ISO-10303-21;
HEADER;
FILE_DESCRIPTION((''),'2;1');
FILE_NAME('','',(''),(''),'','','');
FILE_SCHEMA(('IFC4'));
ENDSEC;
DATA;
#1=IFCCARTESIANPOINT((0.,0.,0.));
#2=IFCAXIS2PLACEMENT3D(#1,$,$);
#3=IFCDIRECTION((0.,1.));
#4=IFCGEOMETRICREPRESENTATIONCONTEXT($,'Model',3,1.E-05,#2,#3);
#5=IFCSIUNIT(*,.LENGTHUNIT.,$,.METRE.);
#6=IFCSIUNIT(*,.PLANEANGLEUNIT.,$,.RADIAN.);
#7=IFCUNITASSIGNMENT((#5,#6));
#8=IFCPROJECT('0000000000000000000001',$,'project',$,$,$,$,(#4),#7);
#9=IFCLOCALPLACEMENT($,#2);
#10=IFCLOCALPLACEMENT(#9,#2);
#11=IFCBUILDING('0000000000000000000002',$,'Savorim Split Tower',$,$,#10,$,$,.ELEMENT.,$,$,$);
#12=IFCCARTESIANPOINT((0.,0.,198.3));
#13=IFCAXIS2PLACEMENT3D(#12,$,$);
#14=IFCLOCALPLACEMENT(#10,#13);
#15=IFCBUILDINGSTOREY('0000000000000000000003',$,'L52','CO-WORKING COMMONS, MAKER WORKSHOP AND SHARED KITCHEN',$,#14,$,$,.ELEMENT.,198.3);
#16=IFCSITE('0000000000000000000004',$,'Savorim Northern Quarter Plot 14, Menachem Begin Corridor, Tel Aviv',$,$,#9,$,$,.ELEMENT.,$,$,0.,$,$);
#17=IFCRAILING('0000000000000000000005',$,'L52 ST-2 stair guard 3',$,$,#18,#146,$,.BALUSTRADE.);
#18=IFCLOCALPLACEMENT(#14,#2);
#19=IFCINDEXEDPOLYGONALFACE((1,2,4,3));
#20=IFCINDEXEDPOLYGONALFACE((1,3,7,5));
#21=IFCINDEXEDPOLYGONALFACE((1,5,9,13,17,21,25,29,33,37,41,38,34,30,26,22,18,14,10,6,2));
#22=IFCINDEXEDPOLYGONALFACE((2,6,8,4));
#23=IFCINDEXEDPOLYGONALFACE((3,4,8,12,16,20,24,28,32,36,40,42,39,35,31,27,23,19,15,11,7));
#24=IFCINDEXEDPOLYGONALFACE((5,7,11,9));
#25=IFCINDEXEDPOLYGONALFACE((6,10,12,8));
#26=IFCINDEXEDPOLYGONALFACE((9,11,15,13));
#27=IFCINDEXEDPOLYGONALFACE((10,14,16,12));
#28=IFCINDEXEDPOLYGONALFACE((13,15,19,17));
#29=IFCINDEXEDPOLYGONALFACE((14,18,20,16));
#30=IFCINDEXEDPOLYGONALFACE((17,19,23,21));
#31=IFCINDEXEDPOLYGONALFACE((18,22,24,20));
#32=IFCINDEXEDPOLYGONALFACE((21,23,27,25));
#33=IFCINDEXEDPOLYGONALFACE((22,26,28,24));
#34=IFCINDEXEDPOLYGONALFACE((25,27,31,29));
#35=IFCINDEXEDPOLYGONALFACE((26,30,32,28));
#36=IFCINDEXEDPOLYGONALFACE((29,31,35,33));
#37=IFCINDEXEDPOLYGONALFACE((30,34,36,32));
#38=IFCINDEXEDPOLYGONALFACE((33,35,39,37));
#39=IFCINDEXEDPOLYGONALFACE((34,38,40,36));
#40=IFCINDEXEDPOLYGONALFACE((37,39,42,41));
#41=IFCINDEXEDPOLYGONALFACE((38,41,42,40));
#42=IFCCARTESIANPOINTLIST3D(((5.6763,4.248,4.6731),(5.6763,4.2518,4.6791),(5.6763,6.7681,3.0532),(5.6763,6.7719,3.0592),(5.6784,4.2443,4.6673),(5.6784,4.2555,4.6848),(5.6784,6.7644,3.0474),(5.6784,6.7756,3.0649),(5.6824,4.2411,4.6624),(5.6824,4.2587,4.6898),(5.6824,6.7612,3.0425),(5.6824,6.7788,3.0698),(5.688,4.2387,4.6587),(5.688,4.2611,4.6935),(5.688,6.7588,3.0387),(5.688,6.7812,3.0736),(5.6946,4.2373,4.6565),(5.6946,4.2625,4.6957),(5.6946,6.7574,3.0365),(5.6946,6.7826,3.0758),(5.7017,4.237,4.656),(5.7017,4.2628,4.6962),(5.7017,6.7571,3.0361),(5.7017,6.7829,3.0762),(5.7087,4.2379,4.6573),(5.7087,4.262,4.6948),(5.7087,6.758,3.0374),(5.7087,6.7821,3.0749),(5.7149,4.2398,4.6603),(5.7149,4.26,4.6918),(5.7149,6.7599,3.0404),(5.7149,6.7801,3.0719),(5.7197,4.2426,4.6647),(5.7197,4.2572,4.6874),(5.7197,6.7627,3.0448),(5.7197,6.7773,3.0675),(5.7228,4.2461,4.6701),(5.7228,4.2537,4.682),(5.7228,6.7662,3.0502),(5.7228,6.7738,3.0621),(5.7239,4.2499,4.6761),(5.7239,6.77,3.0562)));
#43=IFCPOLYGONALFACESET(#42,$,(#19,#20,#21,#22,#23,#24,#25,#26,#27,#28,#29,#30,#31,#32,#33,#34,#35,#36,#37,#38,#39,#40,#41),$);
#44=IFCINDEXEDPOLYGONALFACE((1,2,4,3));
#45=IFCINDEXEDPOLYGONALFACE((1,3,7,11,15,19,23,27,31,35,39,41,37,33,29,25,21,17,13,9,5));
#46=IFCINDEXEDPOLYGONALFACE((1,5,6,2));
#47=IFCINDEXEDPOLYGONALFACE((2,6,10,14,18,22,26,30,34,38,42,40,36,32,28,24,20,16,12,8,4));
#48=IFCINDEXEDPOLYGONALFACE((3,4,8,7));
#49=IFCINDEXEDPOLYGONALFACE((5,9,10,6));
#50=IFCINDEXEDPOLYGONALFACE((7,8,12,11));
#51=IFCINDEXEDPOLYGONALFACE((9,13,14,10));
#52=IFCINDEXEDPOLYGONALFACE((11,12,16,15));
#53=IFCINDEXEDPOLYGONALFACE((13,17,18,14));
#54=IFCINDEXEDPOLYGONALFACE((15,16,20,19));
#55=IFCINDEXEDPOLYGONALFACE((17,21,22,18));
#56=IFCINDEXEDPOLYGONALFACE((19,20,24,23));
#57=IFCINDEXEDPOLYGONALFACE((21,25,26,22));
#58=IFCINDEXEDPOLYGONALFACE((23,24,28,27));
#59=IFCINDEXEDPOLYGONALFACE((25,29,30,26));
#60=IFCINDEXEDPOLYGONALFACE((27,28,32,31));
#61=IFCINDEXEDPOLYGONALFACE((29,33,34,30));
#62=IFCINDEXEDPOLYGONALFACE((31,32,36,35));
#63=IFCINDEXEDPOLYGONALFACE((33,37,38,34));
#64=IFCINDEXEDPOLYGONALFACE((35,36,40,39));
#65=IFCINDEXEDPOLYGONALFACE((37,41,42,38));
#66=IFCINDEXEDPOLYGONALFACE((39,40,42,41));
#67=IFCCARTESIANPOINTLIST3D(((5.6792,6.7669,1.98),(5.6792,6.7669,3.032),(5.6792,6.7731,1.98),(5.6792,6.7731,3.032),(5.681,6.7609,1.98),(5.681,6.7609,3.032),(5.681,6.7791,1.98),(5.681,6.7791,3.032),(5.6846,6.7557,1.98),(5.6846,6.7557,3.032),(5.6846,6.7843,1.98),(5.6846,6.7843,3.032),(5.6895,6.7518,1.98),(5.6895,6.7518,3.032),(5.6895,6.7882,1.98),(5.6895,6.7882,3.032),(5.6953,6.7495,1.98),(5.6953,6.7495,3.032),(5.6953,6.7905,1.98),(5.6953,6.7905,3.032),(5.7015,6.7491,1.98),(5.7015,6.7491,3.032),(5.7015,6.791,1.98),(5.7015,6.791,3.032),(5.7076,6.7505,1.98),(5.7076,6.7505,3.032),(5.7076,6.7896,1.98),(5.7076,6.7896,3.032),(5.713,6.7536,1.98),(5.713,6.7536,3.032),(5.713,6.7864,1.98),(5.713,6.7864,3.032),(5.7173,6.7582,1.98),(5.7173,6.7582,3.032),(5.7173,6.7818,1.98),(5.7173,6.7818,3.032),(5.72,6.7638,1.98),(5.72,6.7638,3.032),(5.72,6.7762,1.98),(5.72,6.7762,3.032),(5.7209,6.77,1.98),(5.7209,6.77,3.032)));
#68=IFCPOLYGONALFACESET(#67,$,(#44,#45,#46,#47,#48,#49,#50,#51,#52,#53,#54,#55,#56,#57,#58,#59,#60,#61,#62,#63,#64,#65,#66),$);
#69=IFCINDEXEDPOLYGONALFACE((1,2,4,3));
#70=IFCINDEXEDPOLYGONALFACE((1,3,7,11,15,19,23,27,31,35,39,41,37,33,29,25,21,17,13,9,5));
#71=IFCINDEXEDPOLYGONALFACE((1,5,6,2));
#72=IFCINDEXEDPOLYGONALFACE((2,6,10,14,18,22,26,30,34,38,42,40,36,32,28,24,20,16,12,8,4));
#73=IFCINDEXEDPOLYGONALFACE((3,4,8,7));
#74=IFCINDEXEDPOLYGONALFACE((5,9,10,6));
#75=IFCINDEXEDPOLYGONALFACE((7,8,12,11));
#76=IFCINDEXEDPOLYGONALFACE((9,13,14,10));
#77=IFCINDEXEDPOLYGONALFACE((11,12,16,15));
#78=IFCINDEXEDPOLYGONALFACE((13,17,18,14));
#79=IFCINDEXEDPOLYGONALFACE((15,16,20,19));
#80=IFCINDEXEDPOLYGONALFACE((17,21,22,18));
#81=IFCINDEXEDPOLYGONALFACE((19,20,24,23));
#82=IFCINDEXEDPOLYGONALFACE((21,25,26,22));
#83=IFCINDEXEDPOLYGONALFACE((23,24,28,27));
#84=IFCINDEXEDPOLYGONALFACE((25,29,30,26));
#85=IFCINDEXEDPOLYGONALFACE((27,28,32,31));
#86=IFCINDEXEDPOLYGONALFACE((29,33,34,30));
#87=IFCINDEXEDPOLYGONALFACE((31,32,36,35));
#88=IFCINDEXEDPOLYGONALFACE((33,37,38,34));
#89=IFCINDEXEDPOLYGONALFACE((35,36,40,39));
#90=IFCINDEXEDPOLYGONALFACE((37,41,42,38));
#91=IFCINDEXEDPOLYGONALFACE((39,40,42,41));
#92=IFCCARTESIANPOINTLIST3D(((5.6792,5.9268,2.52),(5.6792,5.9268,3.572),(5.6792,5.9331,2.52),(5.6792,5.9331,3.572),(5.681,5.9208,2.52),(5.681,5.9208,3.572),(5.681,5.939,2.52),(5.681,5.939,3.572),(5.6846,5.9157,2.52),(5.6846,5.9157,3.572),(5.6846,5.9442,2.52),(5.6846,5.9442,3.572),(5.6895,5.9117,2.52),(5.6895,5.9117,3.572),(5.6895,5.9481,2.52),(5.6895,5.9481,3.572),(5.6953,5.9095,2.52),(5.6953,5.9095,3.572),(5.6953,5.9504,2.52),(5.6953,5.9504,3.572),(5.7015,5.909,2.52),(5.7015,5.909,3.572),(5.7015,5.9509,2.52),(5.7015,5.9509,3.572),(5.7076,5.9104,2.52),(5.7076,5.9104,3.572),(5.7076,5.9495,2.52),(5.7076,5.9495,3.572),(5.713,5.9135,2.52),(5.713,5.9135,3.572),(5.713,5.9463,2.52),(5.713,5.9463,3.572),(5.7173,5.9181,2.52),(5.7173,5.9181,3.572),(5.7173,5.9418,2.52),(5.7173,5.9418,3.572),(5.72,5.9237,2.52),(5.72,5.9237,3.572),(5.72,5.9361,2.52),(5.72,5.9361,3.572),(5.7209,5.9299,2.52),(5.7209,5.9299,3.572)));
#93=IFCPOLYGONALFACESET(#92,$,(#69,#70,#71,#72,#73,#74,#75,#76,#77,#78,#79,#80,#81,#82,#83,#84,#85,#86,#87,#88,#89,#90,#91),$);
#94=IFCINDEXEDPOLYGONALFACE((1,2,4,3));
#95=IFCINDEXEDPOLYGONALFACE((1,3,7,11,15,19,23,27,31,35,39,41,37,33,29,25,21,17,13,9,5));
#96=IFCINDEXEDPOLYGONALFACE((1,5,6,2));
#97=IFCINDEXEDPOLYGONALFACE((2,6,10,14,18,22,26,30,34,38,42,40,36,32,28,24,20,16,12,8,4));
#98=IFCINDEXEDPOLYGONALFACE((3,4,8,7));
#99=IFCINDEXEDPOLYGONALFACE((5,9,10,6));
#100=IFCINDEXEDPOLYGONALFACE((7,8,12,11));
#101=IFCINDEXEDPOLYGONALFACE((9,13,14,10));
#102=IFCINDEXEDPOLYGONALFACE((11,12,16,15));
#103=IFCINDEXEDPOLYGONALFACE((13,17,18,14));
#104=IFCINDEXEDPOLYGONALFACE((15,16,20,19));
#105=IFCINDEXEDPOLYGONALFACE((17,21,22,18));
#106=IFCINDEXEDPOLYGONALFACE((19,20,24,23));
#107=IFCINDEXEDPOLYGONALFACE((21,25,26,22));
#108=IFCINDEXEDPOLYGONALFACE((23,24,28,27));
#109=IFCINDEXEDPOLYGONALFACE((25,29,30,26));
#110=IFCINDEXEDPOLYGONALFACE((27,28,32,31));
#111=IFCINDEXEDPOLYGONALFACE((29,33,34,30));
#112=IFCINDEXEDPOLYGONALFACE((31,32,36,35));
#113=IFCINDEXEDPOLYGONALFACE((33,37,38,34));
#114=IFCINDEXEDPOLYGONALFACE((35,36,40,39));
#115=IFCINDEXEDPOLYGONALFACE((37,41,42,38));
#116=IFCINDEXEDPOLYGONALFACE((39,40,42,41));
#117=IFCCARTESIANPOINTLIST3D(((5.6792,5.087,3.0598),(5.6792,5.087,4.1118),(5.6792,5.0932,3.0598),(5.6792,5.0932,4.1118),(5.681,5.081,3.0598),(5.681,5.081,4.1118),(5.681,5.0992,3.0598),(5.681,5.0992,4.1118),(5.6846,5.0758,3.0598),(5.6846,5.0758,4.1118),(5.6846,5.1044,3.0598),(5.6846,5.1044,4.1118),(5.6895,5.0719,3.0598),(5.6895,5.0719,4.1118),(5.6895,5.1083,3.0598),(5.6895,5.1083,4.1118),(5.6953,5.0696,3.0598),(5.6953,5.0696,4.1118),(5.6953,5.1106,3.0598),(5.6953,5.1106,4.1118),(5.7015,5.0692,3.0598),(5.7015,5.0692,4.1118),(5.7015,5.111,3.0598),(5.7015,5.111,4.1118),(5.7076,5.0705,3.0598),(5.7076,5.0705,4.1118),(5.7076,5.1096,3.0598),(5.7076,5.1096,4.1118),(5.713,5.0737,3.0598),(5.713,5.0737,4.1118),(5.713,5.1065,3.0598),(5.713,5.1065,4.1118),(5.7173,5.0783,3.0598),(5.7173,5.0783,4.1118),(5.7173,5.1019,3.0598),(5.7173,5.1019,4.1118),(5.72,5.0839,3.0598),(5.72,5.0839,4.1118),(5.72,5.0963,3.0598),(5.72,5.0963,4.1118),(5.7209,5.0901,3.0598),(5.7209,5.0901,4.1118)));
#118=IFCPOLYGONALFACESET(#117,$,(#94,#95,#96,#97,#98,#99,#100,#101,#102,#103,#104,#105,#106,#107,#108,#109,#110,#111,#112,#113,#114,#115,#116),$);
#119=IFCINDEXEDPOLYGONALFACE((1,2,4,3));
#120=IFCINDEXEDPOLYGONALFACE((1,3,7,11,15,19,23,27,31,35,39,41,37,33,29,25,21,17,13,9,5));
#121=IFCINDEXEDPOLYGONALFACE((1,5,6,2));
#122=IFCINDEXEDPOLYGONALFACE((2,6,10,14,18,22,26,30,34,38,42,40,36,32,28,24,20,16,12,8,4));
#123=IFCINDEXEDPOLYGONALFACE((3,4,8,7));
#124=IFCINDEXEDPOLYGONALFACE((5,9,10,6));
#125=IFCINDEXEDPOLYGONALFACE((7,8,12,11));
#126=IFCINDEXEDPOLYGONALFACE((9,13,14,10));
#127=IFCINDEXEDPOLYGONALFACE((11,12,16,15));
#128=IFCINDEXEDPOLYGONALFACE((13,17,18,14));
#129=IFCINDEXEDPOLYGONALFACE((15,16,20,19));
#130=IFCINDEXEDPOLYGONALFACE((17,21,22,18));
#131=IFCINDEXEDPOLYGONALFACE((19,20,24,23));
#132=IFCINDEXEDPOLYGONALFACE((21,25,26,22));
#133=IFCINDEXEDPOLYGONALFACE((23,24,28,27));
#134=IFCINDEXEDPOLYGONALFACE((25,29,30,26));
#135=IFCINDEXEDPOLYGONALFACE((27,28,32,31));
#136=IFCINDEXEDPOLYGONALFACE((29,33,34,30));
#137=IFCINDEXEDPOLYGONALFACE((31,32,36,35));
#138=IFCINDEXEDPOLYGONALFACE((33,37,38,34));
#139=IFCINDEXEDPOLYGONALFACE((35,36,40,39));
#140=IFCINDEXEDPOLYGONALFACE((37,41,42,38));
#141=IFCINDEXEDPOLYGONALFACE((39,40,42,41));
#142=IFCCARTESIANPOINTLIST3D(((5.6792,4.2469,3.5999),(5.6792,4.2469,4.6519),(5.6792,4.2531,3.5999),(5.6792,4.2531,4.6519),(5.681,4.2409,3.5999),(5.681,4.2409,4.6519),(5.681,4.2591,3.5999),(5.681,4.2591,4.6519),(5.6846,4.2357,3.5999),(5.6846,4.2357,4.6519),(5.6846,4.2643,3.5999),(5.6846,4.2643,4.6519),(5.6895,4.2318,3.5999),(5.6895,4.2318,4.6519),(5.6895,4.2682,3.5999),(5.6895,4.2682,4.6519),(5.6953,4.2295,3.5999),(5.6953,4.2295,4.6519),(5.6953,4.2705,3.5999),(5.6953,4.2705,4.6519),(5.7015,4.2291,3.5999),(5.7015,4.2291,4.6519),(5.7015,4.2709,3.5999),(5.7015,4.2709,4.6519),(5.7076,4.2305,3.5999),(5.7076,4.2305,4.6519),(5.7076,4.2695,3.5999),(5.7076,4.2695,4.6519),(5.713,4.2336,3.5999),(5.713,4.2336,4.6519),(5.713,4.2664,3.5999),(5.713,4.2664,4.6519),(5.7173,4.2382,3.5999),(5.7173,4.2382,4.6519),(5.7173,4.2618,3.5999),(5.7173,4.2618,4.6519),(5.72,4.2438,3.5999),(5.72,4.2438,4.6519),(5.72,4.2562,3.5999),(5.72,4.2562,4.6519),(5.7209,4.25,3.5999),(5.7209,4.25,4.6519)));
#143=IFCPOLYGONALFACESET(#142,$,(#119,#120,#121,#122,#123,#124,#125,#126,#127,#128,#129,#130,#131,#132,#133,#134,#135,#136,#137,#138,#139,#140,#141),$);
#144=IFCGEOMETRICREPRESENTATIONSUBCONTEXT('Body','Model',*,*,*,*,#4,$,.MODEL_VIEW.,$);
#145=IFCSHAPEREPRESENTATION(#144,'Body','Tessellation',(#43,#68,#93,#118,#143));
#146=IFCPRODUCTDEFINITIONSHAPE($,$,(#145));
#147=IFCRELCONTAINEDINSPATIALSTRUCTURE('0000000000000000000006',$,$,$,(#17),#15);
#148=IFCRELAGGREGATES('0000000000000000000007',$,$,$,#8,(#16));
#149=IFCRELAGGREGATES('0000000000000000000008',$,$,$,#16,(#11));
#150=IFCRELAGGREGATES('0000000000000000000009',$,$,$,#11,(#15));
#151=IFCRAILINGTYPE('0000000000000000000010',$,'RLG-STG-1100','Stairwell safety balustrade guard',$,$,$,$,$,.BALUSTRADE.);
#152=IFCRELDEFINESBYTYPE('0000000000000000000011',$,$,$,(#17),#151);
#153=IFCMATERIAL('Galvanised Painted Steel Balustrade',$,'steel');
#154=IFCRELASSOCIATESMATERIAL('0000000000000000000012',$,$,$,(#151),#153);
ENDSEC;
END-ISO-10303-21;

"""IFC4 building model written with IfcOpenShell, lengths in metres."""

from ifc_helpers import new_model, si_unit, direction, frame, origin, origin_2d, place, context, subcontext, project, spatial, circle, extrude, material, type_object, element, save


model = new_model("IFC4")

# Units and contexts
model_context = context("Model", 3, precision=1e-05, world=origin(), true_north=direction((0.0, 1.0)))
body_context = subcontext(model_context, "Body", "Model", "MODEL_VIEW")
ifc_project = project(units=[si_unit("LENGTHUNIT", "METRE"), si_unit("PLANEANGLEUNIT", "RADIAN")], contexts=[model_context])

# Site, building, storey
site_placement = place(None, origin())
site = spatial("IfcSite", under=ifc_project, at=site_placement, Name="Savorim Northern Quarter Plot 14, Menachem Begin Corridor, Tel Aviv", CompositionType="ELEMENT", RefElevation=0.0)
building_placement = place(site_placement, origin())
building = spatial("IfcBuilding", under=site, at=building_placement, Name="Savorim Split Tower", CompositionType="ELEMENT")
storey_placement = place(building_placement, frame((0.0, 0.0, 198.3)))
storey = spatial("IfcBuildingStorey", under=building, at=storey_placement, Name="L52", Description="CO-WORKING COMMONS, MAKER WORKSHOP AND SHARED KITCHEN", CompositionType="ELEMENT", Elevation=198.3)

# Railing
ifc_material_1 = material(Name="Galvanised Painted Steel Balustrade", Category="steel")
railing_type_1 = type_object("IfcRailingType", Name="RLG-STG-1100", Description="Stairwell safety balustrade guard", PredefinedType="BALUSTRADE", material=ifc_material_1)
railing_1_placement = place(storey_placement, frame((5.7, 6.77, 1.98)))
element("IfcRailing", 1, at=railing_1_placement, inside=storey, type_object=railing_type_1, Name="L52 ST-2 stair guard 3", PredefinedType="BALUSTRADE", context=body_context, shape_type="SweptSolid", body=[
    extrude(circle(Radius=0.0239, at=origin_2d()), frame((0.0, 0.0, 1.0762), z_axis=(0.0, -0.8412, 0.540725), x_axis=(1.0, 0.0, 0.0)), (0.0, 0.0, 1.0), 2.9958),
    extrude(circle(Radius=0.021, at=origin_2d()), origin(), (0.0, 0.0, 1.0), 1.052),
    extrude(circle(Radius=0.021, at=origin_2d()), frame((0.0, -0.8401, 0.54)), (0.0, 0.0, 1.0), 1.052),
    extrude(circle(Radius=0.021, at=origin_2d()), frame((0.0, -1.6799, 1.0798)), (0.0, 0.0, 1.0), 1.052),
    extrude(circle(Radius=0.021, at=origin_2d()), frame((0.0, -2.52, 1.6199)), (0.0, 0.0, 1.0), 1.052),
])

save(model, "model.ifc")
